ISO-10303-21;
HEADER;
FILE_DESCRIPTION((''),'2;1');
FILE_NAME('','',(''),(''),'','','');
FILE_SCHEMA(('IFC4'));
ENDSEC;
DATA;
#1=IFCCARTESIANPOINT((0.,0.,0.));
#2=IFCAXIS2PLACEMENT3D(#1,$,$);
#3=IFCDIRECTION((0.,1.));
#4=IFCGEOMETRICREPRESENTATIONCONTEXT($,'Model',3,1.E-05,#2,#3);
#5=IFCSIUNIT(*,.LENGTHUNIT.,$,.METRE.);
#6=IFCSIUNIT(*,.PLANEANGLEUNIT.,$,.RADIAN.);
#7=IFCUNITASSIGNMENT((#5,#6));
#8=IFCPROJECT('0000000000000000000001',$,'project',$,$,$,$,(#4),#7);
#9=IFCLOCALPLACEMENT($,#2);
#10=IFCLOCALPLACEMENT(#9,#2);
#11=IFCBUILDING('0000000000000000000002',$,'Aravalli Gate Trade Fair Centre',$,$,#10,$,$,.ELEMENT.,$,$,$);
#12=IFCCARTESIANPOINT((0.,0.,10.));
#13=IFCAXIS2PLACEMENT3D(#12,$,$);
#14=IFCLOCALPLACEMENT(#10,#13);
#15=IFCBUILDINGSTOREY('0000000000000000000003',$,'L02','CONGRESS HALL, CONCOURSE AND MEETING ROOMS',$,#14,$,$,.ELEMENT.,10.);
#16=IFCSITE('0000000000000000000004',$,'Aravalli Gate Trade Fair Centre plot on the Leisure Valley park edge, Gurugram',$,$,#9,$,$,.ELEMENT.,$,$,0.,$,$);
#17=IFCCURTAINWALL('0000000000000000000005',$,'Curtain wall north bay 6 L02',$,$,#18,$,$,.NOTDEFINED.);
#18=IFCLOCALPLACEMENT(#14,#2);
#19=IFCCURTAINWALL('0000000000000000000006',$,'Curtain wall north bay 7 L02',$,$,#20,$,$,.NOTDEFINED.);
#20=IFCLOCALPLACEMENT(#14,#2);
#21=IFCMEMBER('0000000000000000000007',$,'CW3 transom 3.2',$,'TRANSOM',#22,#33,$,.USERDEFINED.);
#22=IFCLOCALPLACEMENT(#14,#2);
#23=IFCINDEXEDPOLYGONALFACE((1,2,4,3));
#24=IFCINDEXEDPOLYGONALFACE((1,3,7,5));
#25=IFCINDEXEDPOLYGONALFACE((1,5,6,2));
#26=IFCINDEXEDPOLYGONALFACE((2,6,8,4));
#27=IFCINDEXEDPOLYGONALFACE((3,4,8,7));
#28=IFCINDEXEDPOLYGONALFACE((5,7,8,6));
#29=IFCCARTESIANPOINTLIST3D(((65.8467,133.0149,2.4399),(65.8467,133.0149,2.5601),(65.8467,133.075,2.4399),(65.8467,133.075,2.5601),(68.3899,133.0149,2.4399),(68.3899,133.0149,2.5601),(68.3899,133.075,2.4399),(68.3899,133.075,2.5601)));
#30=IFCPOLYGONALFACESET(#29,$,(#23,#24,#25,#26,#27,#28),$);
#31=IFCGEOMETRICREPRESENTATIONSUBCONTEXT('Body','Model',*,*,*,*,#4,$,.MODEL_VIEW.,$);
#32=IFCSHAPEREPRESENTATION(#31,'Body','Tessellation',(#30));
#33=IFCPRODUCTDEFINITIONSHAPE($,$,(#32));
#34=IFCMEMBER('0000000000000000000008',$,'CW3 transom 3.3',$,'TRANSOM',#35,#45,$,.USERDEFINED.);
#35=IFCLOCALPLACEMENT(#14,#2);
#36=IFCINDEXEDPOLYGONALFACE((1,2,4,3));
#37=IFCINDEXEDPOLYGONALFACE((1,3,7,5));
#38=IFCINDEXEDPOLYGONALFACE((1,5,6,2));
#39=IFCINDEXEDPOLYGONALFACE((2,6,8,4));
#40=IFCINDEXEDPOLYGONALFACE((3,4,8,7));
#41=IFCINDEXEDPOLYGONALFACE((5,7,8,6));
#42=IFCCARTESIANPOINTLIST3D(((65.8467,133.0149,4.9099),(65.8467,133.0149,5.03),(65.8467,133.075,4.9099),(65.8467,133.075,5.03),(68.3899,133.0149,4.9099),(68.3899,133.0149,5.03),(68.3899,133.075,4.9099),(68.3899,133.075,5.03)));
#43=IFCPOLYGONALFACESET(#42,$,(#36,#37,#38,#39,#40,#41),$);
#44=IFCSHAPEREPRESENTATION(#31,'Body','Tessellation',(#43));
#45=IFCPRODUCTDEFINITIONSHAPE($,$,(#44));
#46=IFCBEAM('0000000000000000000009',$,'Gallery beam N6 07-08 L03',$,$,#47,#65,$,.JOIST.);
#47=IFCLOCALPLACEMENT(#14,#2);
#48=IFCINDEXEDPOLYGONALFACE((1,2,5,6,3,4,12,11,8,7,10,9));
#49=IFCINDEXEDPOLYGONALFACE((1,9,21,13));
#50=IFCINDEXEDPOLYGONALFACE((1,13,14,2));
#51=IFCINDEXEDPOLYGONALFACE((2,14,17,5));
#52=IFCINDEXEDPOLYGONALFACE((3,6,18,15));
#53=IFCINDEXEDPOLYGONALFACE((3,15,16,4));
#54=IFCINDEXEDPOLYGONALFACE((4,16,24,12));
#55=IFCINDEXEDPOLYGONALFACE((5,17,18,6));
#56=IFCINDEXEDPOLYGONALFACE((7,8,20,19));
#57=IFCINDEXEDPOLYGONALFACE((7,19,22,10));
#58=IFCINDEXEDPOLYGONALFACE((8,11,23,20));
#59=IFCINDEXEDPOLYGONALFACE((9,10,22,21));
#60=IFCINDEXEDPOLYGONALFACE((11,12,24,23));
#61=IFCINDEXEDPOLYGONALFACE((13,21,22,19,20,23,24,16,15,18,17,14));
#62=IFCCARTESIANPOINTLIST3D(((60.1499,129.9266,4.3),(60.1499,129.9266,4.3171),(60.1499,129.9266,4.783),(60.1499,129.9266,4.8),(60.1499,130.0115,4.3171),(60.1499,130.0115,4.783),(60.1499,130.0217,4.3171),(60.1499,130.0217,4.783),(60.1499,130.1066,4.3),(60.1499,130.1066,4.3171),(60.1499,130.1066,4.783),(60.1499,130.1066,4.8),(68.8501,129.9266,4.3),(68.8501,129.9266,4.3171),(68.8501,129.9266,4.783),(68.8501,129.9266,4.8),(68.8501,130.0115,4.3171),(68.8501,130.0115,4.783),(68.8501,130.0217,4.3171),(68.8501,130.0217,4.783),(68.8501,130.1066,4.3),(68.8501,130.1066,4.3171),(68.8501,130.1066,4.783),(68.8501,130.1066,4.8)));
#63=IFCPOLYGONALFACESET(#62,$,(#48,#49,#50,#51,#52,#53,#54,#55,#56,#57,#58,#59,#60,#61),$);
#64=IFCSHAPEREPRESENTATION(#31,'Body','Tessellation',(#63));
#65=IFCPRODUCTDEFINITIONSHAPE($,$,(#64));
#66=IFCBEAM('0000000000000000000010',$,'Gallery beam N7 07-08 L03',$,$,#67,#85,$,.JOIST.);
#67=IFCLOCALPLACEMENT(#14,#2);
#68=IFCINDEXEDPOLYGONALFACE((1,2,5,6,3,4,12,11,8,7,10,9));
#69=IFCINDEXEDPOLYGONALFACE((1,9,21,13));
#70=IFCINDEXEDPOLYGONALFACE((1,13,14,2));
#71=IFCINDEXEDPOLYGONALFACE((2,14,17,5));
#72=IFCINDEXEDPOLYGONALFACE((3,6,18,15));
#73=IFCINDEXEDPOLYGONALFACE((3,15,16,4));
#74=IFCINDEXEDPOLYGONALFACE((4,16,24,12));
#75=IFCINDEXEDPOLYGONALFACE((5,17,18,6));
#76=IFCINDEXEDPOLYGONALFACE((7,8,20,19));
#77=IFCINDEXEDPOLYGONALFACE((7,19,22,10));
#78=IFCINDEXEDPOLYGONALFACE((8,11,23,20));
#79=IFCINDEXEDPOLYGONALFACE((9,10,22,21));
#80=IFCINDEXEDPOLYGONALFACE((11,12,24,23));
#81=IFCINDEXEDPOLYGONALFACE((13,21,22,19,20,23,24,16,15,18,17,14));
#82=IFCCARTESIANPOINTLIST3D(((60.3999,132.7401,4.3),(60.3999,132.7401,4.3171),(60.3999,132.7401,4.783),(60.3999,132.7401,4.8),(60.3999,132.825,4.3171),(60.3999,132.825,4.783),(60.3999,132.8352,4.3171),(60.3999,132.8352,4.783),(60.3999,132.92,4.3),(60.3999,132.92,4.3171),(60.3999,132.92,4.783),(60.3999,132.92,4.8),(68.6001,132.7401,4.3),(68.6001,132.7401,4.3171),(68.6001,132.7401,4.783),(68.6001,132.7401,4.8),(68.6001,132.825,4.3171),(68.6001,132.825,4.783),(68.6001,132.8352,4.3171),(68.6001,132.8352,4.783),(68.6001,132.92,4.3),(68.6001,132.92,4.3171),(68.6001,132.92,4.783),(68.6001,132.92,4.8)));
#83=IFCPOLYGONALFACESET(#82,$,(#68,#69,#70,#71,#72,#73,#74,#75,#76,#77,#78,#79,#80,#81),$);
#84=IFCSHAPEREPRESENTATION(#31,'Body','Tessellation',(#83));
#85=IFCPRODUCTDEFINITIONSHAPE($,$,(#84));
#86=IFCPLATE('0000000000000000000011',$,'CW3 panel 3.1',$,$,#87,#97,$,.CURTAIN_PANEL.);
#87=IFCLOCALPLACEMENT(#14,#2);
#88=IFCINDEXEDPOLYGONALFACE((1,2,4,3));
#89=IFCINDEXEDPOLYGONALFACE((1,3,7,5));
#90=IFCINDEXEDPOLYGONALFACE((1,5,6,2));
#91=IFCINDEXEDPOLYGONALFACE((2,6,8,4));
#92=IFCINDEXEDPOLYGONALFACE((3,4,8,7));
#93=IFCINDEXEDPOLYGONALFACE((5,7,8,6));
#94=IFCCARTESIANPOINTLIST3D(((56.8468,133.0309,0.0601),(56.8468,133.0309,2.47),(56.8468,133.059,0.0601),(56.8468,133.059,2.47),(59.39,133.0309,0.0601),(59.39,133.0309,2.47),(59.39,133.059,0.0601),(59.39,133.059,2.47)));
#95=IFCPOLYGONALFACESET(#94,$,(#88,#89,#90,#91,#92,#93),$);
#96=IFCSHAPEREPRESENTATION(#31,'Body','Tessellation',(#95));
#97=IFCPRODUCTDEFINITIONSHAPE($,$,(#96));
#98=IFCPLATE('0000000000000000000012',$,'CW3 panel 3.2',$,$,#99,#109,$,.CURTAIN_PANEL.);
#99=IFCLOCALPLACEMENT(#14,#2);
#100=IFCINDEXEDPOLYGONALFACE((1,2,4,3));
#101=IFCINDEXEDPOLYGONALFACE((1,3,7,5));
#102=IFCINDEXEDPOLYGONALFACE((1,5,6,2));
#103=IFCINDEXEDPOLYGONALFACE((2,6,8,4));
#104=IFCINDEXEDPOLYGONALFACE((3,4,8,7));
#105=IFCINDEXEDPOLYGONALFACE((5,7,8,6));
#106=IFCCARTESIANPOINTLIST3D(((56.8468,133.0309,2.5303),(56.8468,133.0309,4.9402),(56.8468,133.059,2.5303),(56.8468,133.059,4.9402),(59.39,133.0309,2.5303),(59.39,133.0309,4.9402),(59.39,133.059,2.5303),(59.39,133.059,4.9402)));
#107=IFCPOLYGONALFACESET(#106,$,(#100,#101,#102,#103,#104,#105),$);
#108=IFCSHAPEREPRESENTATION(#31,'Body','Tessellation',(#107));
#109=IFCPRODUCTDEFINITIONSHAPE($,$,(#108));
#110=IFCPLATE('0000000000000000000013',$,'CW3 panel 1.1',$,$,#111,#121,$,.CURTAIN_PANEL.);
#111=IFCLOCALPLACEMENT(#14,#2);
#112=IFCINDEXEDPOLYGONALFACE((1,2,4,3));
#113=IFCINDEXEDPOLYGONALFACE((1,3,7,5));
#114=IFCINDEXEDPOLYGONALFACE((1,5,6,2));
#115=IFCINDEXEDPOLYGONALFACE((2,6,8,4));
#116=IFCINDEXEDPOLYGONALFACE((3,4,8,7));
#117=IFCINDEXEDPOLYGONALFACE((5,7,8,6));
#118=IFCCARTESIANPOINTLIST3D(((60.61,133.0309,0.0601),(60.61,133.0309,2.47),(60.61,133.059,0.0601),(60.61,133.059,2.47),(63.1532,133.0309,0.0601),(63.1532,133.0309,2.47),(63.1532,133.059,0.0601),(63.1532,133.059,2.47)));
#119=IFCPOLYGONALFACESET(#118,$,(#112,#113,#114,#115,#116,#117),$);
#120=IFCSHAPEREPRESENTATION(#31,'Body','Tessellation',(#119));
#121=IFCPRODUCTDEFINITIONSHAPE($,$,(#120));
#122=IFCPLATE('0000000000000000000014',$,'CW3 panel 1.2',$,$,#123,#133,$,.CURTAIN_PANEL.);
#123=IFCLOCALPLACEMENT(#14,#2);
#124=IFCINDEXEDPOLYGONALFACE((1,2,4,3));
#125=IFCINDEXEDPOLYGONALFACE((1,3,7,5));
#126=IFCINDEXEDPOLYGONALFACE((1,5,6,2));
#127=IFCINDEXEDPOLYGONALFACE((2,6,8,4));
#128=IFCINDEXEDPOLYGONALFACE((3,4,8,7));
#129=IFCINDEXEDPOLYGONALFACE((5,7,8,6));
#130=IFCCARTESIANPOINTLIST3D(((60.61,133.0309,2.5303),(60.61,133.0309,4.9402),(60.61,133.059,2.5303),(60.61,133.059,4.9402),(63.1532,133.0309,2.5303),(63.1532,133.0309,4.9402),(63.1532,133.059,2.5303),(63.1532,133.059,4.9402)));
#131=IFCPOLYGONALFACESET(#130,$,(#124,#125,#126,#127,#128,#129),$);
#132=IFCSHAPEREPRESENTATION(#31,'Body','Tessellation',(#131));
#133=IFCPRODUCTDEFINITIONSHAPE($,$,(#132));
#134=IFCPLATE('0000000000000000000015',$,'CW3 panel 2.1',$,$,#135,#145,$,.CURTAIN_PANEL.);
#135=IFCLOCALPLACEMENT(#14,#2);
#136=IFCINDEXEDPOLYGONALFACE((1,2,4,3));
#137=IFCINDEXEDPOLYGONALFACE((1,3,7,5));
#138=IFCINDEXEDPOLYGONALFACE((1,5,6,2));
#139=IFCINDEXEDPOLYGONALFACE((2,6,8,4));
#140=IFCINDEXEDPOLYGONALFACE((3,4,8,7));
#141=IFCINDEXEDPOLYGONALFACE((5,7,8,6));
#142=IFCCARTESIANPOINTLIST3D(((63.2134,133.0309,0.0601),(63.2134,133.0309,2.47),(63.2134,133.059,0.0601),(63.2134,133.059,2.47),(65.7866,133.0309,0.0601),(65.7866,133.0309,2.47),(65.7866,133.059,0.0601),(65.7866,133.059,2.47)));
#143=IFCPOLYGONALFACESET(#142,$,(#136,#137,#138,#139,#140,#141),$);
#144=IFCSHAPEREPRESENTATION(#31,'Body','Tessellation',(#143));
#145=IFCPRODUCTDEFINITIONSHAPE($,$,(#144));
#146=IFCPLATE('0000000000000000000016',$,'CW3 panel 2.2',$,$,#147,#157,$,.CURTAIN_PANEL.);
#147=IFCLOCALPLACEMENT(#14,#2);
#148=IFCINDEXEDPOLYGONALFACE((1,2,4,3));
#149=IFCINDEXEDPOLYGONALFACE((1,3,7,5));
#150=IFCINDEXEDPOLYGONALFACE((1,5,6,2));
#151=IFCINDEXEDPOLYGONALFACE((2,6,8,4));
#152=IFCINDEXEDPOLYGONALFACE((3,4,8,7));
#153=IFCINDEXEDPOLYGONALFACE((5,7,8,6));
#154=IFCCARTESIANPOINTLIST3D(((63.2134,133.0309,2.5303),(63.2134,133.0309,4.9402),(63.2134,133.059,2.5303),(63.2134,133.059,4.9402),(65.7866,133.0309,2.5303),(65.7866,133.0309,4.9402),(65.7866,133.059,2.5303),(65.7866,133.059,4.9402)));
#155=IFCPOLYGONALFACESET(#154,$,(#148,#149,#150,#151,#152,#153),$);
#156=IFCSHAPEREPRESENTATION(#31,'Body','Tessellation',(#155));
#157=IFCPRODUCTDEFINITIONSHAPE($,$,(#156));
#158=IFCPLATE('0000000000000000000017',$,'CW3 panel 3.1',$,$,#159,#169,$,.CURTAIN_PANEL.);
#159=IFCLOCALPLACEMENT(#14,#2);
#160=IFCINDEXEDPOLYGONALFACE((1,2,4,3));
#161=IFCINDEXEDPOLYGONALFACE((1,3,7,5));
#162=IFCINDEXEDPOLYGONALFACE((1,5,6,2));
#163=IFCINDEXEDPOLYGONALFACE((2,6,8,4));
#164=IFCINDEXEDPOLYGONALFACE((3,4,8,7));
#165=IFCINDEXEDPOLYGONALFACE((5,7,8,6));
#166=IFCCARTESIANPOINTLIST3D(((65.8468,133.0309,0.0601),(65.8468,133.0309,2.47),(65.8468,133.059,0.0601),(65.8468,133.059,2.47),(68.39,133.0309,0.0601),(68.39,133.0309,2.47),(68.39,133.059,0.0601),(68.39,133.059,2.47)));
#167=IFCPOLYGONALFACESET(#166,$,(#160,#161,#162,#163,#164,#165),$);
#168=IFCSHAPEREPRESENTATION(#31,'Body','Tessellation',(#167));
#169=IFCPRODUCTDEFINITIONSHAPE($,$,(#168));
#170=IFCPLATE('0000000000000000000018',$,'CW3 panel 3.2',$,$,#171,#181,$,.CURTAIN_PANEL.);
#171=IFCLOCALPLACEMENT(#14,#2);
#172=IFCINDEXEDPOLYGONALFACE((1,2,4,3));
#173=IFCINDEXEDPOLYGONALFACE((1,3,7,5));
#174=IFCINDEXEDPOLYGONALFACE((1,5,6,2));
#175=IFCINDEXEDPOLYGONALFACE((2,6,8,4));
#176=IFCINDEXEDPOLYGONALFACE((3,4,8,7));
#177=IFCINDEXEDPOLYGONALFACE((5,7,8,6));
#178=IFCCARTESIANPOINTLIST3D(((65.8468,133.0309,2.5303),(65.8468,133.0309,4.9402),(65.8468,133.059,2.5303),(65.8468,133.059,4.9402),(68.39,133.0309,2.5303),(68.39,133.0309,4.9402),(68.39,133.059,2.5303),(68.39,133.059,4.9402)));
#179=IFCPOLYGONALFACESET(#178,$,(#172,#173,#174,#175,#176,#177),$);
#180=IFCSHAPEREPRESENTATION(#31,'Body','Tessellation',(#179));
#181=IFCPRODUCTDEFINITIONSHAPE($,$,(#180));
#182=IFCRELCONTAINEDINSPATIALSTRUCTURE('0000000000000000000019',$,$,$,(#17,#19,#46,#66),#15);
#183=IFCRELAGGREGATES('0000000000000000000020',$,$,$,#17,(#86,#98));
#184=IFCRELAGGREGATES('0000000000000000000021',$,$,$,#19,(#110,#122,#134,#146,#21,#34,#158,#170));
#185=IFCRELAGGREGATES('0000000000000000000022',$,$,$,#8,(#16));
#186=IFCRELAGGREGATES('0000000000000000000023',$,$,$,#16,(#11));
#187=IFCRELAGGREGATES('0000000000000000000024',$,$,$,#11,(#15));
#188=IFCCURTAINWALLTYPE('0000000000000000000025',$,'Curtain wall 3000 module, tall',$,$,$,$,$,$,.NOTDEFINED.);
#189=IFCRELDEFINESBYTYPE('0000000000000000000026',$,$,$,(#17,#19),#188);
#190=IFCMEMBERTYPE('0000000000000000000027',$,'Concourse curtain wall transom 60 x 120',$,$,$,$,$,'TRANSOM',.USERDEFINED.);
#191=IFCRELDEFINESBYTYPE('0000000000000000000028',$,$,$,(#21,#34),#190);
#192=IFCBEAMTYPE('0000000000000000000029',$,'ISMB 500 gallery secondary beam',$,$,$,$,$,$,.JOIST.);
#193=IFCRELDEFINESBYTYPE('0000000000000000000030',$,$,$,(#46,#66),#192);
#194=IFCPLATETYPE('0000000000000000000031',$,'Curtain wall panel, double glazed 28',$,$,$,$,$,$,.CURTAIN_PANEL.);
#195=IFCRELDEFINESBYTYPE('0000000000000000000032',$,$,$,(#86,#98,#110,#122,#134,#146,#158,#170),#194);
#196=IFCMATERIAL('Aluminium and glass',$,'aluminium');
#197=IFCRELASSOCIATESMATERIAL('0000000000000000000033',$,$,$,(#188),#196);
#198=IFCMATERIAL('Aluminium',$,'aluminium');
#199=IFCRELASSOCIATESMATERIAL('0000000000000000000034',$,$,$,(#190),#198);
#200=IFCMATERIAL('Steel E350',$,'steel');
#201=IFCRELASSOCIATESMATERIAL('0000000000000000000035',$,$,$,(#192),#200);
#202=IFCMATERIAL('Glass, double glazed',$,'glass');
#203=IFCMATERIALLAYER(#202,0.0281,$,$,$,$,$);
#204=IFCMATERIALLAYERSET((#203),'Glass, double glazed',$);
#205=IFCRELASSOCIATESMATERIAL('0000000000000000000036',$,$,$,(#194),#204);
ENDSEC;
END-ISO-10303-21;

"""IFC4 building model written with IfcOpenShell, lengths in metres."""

from ifc_helpers import new_model, si_unit, direction, frame, origin, origin_2d, place, context, subcontext, project, spatial, rectangle, i_section, extrude, material, layer, layer_set, material_profile, profile_set, type_object, element, aggregate, save


model = new_model("IFC4")

# Units and contexts
model_context = context("Model", 3, precision=1e-05, world=origin(), true_north=direction((0.0, 1.0)))
body_context = subcontext(model_context, "Body", "Model", "MODEL_VIEW")
ifc_project = project(units=[si_unit("LENGTHUNIT", "METRE"), si_unit("PLANEANGLEUNIT", "RADIAN")], contexts=[model_context])

# Site, building, storey
site_placement = place(None, origin())
site = spatial("IfcSite", under=ifc_project, at=site_placement, Name="Aravalli Gate Trade Fair Centre plot on the Leisure Valley park edge, Gurugram", CompositionType="ELEMENT", RefElevation=0.0)
building_placement = place(site_placement, origin())
building = spatial("IfcBuilding", under=site, at=building_placement, Name="Aravalli Gate Trade Fair Centre", CompositionType="ELEMENT")
storey_placement = place(building_placement, frame((0.0, 0.0, 10.0)))
storey = spatial("IfcBuildingStorey", under=building, at=storey_placement, Name="L02", Description="CONGRESS HALL, CONCOURSE AND MEETING ROOMS", CompositionType="ELEMENT", Elevation=10.0)

# Curtain wall
ifc_material_1 = material(Name="Aluminium and glass", Category="aluminium")
curtain_wall_type = type_object("IfcCurtainWallType", Name="Curtain wall 3000 module, tall", PredefinedType="NOTDEFINED", material=ifc_material_1)
curtain_wall_1_placement = place(storey_placement, origin())
curtain_wall_1 = element("IfcCurtainWall", 1, at=curtain_wall_1_placement, inside=storey, type_object=curtain_wall_type, Name="Curtain wall north bay 6 L02", PredefinedType="NOTDEFINED")
ifc_material_2 = material(Name="Aluminium", Category="aluminium")

# Curtain wall
curtain_wall_2_placement = place(storey_placement, origin())
curtain_wall_2 = element("IfcCurtainWall", 2, at=curtain_wall_2_placement, inside=storey, type_object=curtain_wall_type, Name="Curtain wall north bay 7 L02", PredefinedType="NOTDEFINED")

# Members
ifc_material_profile_1 = material_profile(ifc_material_2, rectangle(XDim=0.0601, YDim=0.1201, at=origin_2d()), Name="Concourse curtain wall transom 60 x 120")
ifc_profile_set_1 = profile_set([ifc_material_profile_1], Name="Aluminium")
member_type_1 = type_object("IfcMemberType", Name="Concourse curtain wall transom 60 x 120", ElementType="TRANSOM", PredefinedType="USERDEFINED", material=ifc_profile_set_1)
member_1_placement = place(storey_placement, frame((65.8467, 133.0449, 2.5), z_axis=(1.0, 0.0, 0.0), x_axis=(0.0, 1.0, 0.0)))
member_1 = element("IfcMember", 3, at=member_1_placement, type_object=member_type_1, Name="CW3 transom 3.2", ObjectType="TRANSOM", PredefinedType="USERDEFINED", context=body_context, shape_type="SweptSolid", body=[
    extrude(rectangle(XDim=0.0601, YDim=0.1201, at=origin_2d()), origin(), (0.0, 0.0, 1.0), 2.5432),
])
member_2_placement = place(storey_placement, frame((65.8467, 133.0449, 4.97), z_axis=(1.0, 0.0, 0.0), x_axis=(0.0, 1.0, 0.0)))
member_2 = element("IfcMember", 4, at=member_2_placement, type_object=member_type_1, Name="CW3 transom 3.3", ObjectType="TRANSOM", PredefinedType="USERDEFINED", context=body_context, shape_type="SweptSolid", body=[
    extrude(rectangle(XDim=0.0601, YDim=0.1201, at=origin_2d()), origin(), (0.0, 0.0, 1.0), 2.5432),
])

# Beams
ifc_material_3 = material(Name="Steel E350", Category="steel")
ifc_material_profile_2 = material_profile(ifc_material_3, i_section(OverallWidth=0.1799, OverallDepth=0.5, WebThickness=0.0103, FlangeThickness=0.0171, at=origin_2d()), Name="ISMB 500")
ifc_profile_set_2 = profile_set([ifc_material_profile_2], Name="Steel E350")
beam_type = type_object("IfcBeamType", Name="ISMB 500 gallery secondary beam", PredefinedType="JOIST", material=ifc_profile_set_2)
beam_1_placement = place(storey_placement, frame((60.1499, 130.0166, 4.55), z_axis=(1.0, 0.0, 0.0), x_axis=(0.0, 1.0, 0.0)))
element("IfcBeam", 5, at=beam_1_placement, inside=storey, type_object=beam_type, Name="Gallery beam N6 07-08 L03", PredefinedType="JOIST", context=body_context, shape_type="SweptSolid", body=[
    extrude(i_section(OverallWidth=0.1799, OverallDepth=0.5, WebThickness=0.0103, FlangeThickness=0.0171, at=origin_2d()), origin(), (0.0, 0.0, 1.0), 8.7002),
])
beam_2_placement = place(storey_placement, frame((60.3999, 132.8301, 4.55), z_axis=(1.0, 0.0, 0.0), x_axis=(0.0, 1.0, 0.0)))
element("IfcBeam", 6, at=beam_2_placement, inside=storey, type_object=beam_type, Name="Gallery beam N7 07-08 L03", PredefinedType="JOIST", context=body_context, shape_type="SweptSolid", body=[
    extrude(i_section(OverallWidth=0.1799, OverallDepth=0.5, WebThickness=0.0103, FlangeThickness=0.0171, at=origin_2d()), origin(), (0.0, 0.0, 1.0), 8.2002),
])

# Plates
ifc_material_4 = material(Name="Glass, double glazed", Category="glass")
ifc_layer = layer(ifc_material_4, 0.0281)
ifc_layer_set = layer_set([ifc_layer], Name="Glass, double glazed")
plate_type = type_object("IfcPlateType", Name="Curtain wall panel, double glazed 28", PredefinedType="CURTAIN_PANEL", material=ifc_layer_set)
plate_1_placement = place(storey_placement, frame((58.1184, 133.0449, 0.0601), z_axis=(0.0, 0.0, 1.0), x_axis=(1.0, 0.0, 0.0)))
plate_1 = element("IfcPlate", 7, at=plate_1_placement, type_object=plate_type, Name="CW3 panel 3.1", PredefinedType="CURTAIN_PANEL", context=body_context, shape_type="SweptSolid", body=[
    extrude(rectangle(XDim=2.5432, YDim=0.0281, at=origin_2d()), origin(), (0.0, 0.0, 1.0), 2.4099),
])
plate_2_placement = place(storey_placement, frame((58.1184, 133.0449, 2.5303), z_axis=(0.0, 0.0, 1.0), x_axis=(1.0, 0.0, 0.0)))
plate_2 = element("IfcPlate", 8, at=plate_2_placement, type_object=plate_type, Name="CW3 panel 3.2", PredefinedType="CURTAIN_PANEL", context=body_context, shape_type="SweptSolid", body=[
    extrude(rectangle(XDim=2.5432, YDim=0.0281, at=origin_2d()), origin(), (0.0, 0.0, 1.0), 2.4099),
])
aggregate(curtain_wall_1, [plate_1, plate_2])
plate_3_placement = place(storey_placement, frame((61.8816, 133.0449, 0.0601), z_axis=(0.0, 0.0, 1.0), x_axis=(1.0, 0.0, 0.0)))
plate_3 = element("IfcPlate", 9, at=plate_3_placement, type_object=plate_type, Name="CW3 panel 1.1", PredefinedType="CURTAIN_PANEL", context=body_context, shape_type="SweptSolid", body=[
    extrude(rectangle(XDim=2.5432, YDim=0.0281, at=origin_2d()), origin(), (0.0, 0.0, 1.0), 2.4099),
])
plate_4_placement = place(storey_placement, frame((61.8816, 133.0449, 2.5303), z_axis=(0.0, 0.0, 1.0), x_axis=(1.0, 0.0, 0.0)))
plate_4 = element("IfcPlate", 10, at=plate_4_placement, type_object=plate_type, Name="CW3 panel 1.2", PredefinedType="CURTAIN_PANEL", context=body_context, shape_type="SweptSolid", body=[
    extrude(rectangle(XDim=2.5432, YDim=0.0281, at=origin_2d()), origin(), (0.0, 0.0, 1.0), 2.4099),
])
plate_5_placement = place(storey_placement, frame((64.5, 133.0449, 0.0601), z_axis=(0.0, 0.0, 1.0), x_axis=(1.0, 0.0, 0.0)))
plate_5 = element("IfcPlate", 11, at=plate_5_placement, type_object=plate_type, Name="CW3 panel 2.1", PredefinedType="CURTAIN_PANEL", context=body_context, shape_type="SweptSolid", body=[
    extrude(rectangle(XDim=2.5732, YDim=0.0281, at=origin_2d()), origin(), (0.0, 0.0, 1.0), 2.4099),
])
plate_6_placement = place(storey_placement, frame((64.5, 133.0449, 2.5303), z_axis=(0.0, 0.0, 1.0), x_axis=(1.0, 0.0, 0.0)))
plate_6 = element("IfcPlate", 12, at=plate_6_placement, type_object=plate_type, Name="CW3 panel 2.2", PredefinedType="CURTAIN_PANEL", context=body_context, shape_type="SweptSolid", body=[
    extrude(rectangle(XDim=2.5732, YDim=0.0281, at=origin_2d()), origin(), (0.0, 0.0, 1.0), 2.4099),
])
plate_7_placement = place(storey_placement, frame((67.1184, 133.0449, 0.0601), z_axis=(0.0, 0.0, 1.0), x_axis=(1.0, 0.0, 0.0)))
plate_7 = element("IfcPlate", 13, at=plate_7_placement, type_object=plate_type, Name="CW3 panel 3.1", PredefinedType="CURTAIN_PANEL", context=body_context, shape_type="SweptSolid", body=[
    extrude(rectangle(XDim=2.5432, YDim=0.0281, at=origin_2d()), origin(), (0.0, 0.0, 1.0), 2.4099),
])
plate_8_placement = place(storey_placement, frame((67.1184, 133.0449, 2.5303), z_axis=(0.0, 0.0, 1.0), x_axis=(1.0, 0.0, 0.0)))
plate_8 = element("IfcPlate", 14, at=plate_8_placement, type_object=plate_type, Name="CW3 panel 3.2", PredefinedType="CURTAIN_PANEL", context=body_context, shape_type="SweptSolid", body=[
    extrude(rectangle(XDim=2.5432, YDim=0.0281, at=origin_2d()), origin(), (0.0, 0.0, 1.0), 2.4099),
])
aggregate(curtain_wall_2, [plate_3, plate_4, plate_5, plate_6, member_1, member_2, plate_7, plate_8])

save(model, "model.ifc")
